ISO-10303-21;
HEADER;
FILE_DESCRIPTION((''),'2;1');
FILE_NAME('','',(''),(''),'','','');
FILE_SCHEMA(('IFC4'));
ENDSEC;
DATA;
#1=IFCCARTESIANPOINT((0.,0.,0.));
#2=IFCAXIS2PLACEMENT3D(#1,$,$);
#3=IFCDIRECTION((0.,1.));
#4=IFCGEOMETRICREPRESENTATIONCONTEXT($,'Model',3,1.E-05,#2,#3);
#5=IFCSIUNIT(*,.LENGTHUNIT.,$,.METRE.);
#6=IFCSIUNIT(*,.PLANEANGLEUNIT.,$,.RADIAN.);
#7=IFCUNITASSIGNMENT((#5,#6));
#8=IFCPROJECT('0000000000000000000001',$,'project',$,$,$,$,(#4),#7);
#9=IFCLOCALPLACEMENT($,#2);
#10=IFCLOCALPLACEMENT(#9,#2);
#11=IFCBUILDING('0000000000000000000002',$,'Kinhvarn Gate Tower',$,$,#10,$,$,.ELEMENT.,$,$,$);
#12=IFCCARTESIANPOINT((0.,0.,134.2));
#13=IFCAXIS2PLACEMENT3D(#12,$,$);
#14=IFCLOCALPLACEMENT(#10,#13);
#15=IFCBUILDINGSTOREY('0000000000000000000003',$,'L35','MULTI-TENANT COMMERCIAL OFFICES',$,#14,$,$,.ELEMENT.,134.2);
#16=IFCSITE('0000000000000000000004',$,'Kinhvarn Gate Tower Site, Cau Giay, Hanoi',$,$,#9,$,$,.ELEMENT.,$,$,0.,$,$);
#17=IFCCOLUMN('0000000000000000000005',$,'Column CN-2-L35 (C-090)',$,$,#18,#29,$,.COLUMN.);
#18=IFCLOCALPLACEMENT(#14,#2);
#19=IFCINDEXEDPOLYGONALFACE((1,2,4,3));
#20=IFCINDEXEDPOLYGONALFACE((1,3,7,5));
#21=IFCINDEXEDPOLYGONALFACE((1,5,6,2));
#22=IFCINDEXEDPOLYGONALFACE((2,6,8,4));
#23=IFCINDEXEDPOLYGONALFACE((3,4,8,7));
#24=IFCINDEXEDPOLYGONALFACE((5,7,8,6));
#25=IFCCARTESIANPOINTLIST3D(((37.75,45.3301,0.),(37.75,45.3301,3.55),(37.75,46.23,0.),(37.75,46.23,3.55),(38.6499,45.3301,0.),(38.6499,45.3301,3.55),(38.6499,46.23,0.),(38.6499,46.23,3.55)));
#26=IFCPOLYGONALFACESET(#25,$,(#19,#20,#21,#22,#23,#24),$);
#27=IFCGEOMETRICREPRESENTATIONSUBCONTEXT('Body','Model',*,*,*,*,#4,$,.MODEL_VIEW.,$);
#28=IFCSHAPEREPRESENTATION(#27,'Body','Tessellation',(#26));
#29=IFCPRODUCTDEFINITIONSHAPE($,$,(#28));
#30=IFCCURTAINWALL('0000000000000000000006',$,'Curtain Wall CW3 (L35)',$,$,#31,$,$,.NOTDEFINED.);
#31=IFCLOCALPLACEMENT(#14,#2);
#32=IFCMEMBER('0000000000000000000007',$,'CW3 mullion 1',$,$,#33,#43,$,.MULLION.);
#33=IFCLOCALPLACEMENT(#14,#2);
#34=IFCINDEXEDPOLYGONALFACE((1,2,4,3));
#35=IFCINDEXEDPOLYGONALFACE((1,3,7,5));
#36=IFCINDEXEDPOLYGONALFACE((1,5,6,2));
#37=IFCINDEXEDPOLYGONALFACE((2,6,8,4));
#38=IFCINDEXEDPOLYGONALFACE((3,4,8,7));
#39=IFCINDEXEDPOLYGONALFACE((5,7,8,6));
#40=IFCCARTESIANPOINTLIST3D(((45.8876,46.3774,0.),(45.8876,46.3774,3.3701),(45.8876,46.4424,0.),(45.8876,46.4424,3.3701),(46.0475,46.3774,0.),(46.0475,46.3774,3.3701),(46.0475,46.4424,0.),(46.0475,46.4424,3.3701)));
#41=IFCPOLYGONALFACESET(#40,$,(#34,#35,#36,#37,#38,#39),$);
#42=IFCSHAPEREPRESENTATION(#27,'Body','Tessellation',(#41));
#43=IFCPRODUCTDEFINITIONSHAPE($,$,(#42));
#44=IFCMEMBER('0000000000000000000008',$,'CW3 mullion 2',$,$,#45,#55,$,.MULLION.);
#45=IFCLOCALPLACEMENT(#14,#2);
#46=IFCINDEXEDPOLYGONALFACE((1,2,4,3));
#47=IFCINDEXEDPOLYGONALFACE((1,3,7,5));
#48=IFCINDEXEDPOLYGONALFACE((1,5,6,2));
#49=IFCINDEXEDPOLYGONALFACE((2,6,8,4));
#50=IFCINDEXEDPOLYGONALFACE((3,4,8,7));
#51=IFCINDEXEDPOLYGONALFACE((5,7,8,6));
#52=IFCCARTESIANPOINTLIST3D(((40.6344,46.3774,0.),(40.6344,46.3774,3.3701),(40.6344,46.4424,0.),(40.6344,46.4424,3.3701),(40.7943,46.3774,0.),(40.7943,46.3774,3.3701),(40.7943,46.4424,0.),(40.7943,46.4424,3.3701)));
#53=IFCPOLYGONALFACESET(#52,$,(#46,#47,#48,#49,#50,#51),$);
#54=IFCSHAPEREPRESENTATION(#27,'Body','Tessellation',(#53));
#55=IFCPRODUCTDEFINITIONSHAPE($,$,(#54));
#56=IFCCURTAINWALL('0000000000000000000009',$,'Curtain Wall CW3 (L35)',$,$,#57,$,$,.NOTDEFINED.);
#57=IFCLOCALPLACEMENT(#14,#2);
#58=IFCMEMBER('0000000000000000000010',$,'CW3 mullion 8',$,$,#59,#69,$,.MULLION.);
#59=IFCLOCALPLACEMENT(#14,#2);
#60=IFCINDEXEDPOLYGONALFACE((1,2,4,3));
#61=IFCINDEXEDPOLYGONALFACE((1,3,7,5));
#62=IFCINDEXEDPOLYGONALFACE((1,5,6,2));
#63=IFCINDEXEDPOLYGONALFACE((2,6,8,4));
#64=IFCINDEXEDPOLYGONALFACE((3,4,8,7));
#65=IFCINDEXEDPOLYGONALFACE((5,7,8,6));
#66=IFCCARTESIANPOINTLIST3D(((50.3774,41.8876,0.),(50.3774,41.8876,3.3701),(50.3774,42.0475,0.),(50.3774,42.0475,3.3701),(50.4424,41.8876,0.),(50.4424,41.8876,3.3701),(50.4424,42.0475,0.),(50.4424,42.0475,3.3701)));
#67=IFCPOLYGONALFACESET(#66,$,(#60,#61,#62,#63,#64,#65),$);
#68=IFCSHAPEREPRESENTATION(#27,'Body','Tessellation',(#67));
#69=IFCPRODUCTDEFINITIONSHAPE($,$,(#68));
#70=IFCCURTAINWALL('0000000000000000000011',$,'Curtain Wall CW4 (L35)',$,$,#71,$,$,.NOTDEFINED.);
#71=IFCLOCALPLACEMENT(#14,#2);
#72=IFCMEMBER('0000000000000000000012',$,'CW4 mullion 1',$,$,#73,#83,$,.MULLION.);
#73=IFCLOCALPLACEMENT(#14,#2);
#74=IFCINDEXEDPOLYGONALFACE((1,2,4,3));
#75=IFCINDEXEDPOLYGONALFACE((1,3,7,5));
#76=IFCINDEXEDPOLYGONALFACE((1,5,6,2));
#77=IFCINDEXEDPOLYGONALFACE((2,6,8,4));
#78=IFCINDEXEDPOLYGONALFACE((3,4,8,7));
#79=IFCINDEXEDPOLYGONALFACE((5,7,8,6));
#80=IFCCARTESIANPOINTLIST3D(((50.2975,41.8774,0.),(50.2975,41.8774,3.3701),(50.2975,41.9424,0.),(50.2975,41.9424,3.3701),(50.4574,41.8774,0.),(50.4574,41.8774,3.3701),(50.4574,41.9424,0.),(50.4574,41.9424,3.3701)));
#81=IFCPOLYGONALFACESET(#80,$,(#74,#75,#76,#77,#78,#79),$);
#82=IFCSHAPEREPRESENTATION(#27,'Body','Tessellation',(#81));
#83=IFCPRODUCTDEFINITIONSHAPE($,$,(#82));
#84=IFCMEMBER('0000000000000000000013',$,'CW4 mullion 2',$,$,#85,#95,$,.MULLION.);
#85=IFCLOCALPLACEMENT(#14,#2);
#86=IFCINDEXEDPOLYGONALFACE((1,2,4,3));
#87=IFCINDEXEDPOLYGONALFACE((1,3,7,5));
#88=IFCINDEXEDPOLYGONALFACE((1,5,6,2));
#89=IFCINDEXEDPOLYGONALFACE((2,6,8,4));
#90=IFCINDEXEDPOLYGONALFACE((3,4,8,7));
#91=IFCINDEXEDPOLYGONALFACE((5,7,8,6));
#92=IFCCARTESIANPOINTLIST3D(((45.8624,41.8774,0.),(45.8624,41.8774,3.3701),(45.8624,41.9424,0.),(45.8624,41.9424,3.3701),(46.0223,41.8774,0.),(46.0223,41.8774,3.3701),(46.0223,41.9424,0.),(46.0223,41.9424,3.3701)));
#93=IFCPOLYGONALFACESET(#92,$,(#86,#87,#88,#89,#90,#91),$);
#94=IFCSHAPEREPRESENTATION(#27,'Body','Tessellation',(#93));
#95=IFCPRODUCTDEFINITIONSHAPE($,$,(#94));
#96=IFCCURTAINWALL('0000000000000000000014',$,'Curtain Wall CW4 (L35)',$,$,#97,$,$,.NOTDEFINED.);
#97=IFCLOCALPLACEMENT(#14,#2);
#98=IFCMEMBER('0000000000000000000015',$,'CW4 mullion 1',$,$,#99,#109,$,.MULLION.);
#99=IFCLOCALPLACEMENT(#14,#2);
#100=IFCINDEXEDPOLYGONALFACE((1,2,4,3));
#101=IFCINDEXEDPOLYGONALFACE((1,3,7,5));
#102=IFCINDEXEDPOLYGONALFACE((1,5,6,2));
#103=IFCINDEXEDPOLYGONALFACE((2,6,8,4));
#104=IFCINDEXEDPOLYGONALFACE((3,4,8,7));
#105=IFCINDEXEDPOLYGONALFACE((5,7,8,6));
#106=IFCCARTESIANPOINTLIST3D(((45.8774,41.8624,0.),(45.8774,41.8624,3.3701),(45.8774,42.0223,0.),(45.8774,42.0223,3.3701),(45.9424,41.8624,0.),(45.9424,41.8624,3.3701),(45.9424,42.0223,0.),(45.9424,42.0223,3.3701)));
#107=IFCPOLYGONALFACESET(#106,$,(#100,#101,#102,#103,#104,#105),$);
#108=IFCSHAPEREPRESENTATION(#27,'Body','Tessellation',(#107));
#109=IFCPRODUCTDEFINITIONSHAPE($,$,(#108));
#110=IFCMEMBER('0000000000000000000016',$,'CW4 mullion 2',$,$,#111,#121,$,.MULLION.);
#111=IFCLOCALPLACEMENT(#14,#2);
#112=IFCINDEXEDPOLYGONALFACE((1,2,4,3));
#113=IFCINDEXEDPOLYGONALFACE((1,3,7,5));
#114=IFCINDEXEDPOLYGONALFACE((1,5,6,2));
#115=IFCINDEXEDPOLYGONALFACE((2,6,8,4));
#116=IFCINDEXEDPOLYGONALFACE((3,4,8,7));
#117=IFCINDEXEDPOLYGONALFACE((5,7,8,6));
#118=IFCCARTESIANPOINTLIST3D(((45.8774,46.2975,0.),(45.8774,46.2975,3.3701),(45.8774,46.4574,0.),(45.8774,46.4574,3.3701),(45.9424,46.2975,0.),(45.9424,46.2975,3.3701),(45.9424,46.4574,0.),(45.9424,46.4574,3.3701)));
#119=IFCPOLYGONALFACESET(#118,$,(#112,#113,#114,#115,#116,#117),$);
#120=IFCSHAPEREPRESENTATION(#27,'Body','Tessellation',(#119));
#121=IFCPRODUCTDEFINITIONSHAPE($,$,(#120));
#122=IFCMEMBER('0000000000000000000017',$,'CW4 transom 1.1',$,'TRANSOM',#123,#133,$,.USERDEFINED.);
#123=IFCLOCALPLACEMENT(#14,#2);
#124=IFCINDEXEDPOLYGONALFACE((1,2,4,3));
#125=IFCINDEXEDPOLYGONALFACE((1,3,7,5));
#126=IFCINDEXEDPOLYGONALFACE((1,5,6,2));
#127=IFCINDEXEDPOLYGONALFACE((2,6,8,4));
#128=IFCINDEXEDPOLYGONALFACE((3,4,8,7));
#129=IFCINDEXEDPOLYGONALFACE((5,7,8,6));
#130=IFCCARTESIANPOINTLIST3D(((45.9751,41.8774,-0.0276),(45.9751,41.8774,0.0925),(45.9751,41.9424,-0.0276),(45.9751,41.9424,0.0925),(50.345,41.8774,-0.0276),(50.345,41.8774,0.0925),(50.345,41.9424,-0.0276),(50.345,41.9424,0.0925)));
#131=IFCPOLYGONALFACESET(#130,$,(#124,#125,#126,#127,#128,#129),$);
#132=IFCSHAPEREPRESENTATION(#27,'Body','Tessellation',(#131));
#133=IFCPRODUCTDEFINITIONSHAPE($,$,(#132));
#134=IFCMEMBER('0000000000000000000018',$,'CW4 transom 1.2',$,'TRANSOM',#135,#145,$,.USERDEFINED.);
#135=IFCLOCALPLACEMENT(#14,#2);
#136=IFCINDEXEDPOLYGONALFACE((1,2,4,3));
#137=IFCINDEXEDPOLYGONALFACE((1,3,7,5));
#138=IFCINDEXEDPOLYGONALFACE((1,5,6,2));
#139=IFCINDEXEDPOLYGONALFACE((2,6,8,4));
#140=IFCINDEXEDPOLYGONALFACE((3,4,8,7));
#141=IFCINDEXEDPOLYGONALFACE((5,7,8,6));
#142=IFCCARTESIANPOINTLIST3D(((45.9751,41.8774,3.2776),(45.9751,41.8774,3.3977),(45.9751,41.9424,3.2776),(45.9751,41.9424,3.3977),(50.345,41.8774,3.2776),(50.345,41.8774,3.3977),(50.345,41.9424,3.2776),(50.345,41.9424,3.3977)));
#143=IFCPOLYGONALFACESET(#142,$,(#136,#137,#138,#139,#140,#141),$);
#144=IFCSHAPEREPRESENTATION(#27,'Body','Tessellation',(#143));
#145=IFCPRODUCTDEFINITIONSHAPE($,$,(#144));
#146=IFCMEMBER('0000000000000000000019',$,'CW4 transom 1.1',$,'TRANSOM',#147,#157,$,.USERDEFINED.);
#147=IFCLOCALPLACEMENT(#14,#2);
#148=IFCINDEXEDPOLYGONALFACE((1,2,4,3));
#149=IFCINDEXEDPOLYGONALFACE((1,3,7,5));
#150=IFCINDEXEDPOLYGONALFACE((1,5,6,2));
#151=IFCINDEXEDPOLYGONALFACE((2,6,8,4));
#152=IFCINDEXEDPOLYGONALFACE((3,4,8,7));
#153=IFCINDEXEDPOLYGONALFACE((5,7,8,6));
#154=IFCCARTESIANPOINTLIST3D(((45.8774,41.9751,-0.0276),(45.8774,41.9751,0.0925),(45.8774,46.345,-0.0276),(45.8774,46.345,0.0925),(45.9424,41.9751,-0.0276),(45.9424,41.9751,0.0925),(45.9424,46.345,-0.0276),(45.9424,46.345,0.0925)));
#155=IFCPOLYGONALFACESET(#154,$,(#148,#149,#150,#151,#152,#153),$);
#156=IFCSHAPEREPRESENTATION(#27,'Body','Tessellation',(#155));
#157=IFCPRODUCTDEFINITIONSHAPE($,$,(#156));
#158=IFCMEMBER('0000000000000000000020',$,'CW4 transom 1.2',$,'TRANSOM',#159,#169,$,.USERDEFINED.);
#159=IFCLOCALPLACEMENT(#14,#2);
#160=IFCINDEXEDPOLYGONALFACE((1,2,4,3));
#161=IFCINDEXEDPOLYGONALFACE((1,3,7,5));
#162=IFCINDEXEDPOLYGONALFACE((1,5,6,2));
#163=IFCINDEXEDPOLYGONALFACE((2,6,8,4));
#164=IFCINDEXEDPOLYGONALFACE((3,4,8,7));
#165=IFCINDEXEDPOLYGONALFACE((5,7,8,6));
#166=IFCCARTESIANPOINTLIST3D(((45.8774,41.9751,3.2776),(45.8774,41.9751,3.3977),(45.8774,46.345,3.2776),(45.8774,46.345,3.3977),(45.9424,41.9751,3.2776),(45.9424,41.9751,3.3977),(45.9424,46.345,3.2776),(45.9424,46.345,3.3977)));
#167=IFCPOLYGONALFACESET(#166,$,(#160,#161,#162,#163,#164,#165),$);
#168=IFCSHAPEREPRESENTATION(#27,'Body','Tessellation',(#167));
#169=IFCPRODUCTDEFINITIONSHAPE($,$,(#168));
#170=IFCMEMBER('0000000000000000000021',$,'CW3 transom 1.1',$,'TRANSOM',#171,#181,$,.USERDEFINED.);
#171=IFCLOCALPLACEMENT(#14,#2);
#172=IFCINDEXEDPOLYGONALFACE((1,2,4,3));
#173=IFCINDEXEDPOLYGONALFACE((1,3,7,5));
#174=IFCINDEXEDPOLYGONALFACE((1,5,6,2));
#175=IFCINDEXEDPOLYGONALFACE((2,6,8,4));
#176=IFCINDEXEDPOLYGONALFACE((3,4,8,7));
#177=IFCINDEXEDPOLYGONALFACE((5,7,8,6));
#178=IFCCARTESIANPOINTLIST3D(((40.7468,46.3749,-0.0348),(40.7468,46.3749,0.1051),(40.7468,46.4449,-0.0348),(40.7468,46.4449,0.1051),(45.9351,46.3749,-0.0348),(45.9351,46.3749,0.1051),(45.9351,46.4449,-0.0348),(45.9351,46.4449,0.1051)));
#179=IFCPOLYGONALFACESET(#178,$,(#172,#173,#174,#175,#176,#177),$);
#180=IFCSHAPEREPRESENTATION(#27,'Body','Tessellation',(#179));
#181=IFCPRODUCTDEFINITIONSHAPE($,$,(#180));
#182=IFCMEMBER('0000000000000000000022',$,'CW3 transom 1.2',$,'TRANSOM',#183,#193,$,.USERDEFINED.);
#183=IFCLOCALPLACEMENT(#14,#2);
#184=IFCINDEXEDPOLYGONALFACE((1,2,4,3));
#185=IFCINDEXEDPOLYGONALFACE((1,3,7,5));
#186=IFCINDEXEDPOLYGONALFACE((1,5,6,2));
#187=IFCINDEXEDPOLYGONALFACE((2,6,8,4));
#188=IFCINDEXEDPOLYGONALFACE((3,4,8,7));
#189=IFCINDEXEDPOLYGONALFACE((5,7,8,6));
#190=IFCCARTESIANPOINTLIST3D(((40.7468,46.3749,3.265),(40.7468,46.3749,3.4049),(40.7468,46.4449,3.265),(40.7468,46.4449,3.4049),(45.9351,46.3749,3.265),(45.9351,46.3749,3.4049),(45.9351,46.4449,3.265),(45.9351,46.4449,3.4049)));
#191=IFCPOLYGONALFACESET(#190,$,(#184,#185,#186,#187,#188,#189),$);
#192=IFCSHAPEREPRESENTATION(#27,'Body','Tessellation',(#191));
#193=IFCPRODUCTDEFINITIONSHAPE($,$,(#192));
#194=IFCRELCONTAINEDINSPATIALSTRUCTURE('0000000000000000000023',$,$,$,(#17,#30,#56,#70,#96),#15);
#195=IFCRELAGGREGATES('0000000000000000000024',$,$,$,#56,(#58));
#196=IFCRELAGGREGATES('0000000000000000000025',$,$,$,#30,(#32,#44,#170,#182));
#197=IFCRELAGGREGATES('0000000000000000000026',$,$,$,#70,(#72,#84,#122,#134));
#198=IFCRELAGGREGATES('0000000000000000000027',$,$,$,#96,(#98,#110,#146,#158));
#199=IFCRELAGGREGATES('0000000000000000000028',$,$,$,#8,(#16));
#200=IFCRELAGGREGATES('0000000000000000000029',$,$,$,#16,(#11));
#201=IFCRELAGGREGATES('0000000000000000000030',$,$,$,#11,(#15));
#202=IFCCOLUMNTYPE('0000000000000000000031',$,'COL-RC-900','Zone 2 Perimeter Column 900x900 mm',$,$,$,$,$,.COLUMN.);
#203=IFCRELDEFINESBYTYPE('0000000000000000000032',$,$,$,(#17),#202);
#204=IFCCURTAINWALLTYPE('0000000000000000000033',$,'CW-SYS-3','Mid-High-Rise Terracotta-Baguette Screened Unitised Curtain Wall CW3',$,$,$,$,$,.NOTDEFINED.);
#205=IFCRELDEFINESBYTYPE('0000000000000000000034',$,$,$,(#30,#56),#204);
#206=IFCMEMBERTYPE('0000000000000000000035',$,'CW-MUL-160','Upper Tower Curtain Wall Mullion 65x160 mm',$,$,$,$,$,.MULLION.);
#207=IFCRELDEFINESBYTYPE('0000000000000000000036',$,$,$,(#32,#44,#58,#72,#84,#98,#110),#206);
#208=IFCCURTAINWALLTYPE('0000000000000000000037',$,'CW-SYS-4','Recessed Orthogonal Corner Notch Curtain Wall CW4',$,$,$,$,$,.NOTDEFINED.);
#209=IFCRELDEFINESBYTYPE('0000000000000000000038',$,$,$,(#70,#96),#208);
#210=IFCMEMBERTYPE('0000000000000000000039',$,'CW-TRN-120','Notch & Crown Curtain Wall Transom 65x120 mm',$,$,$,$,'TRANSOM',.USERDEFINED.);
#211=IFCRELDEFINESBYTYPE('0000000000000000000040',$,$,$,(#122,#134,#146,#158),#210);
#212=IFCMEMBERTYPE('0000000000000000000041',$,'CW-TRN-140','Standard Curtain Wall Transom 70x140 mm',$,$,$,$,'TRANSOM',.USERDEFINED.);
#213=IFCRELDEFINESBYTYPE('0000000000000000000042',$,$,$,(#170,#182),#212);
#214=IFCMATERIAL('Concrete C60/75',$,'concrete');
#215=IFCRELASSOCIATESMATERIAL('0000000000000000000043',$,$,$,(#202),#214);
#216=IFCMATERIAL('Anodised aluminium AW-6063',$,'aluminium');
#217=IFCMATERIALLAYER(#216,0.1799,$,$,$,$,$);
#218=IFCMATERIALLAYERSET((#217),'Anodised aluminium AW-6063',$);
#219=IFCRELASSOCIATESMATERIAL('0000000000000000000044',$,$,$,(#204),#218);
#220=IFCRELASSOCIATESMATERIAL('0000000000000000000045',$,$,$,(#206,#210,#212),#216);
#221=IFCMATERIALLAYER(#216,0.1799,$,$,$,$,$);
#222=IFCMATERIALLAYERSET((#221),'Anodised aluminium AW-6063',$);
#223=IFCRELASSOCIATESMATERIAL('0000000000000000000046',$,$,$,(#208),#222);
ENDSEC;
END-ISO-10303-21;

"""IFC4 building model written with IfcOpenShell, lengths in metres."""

from ifc_helpers import new_model, si_unit, direction, frame, origin, origin_2d, place, context, subcontext, project, spatial, rectangle, extrude, material, layer, layer_set, material_profile, profile_set, type_object, element, aggregate, save


model = new_model("IFC4")

# Units and contexts
model_context = context("Model", 3, precision=1e-05, world=origin(), true_north=direction((0.0, 1.0)))
body_context = subcontext(model_context, "Body", "Model", "MODEL_VIEW")
ifc_project = project(units=[si_unit("LENGTHUNIT", "METRE"), si_unit("PLANEANGLEUNIT", "RADIAN")], contexts=[model_context])

# Site, building, storey
site_placement = place(None, origin())
site = spatial("IfcSite", under=ifc_project, at=site_placement, Name="Kinhvarn Gate Tower Site, Cau Giay, Hanoi", CompositionType="ELEMENT", RefElevation=0.0)
building_placement = place(site_placement, origin())
building = spatial("IfcBuilding", under=site, at=building_placement, Name="Kinhvarn Gate Tower", CompositionType="ELEMENT")
storey_placement = place(building_placement, frame((0.0, 0.0, 134.2)))
storey = spatial("IfcBuildingStorey", under=building, at=storey_placement, Name="L35", Description="MULTI-TENANT COMMERCIAL OFFICES", CompositionType="ELEMENT", Elevation=134.2)

# Column
ifc_material_1 = material(Name="Concrete C60/75", Category="concrete")
ifc_material_profile_1 = material_profile(ifc_material_1, rectangle(XDim=0.8999, YDim=0.8999, at=origin_2d()), Name="RC 900x900")
ifc_profile_set_1 = profile_set([ifc_material_profile_1], Name="Concrete C60/75")
column_type = type_object("IfcColumnType", Name="COL-RC-900", Description="Zone 2 Perimeter Column 900x900 mm", PredefinedType="COLUMN", material=ifc_profile_set_1)
column_placement = place(storey_placement, frame((38.2, 45.78, 0.0), z_axis=(0.0, 0.0, 1.0), x_axis=(1.0, 0.0, 0.0)))
element("IfcColumn", 1, at=column_placement, inside=storey, type_object=column_type, Name="Column CN-2-L35 (C-090)", PredefinedType="COLUMN", context=body_context, shape_type="SweptSolid", body=[
    extrude(rectangle(XDim=0.8999, YDim=0.8999, at=origin_2d()), origin(), (0.0, 0.0, 1.0), 3.55),
])

# Curtain wall, members
ifc_material_2 = material(Name="Anodised aluminium AW-6063", Category="aluminium")
ifc_layer_1 = layer(ifc_material_2, 0.1799)
ifc_layer_set_1 = layer_set([ifc_layer_1], Name="Anodised aluminium AW-6063")
curtain_wall_type_1 = type_object("IfcCurtainWallType", Name="CW-SYS-3", Description="Mid-High-Rise Terracotta-Baguette Screened Unitised Curtain Wall CW3", PredefinedType="NOTDEFINED", material=ifc_layer_set_1)
curtain_wall_1_placement = place(storey_placement, origin())
curtain_wall_1 = element("IfcCurtainWall", 2, at=curtain_wall_1_placement, inside=storey, type_object=curtain_wall_type_1, Name="Curtain Wall CW3 (L35)", PredefinedType="NOTDEFINED")
ifc_material_profile_2 = material_profile(ifc_material_2, rectangle(XDim=0.0649, YDim=0.1599, at=origin_2d()), Name="ALU 65x160")
ifc_profile_set_2 = profile_set([ifc_material_profile_2], Name="Anodised aluminium AW-6063")
member_type_1 = type_object("IfcMemberType", Name="CW-MUL-160", Description="Upper Tower Curtain Wall Mullion 65x160 mm", PredefinedType="MULLION", material=ifc_profile_set_2)
member_1_placement = place(storey_placement, frame((45.9675, 46.4099, 0.0), z_axis=(0.0, 0.0, 1.0), x_axis=(0.0, -1.0, 0.0)))
member_1 = element("IfcMember", 3, at=member_1_placement, type_object=member_type_1, Name="CW3 mullion 1", PredefinedType="MULLION", context=body_context, shape_type="SweptSolid", body=[
    extrude(rectangle(XDim=0.0649, YDim=0.1599, at=origin_2d()), origin(), (0.0, 0.0, 1.0), 3.3701),
])
member_2_placement = place(storey_placement, frame((40.7144, 46.4099, 0.0), z_axis=(0.0, 0.0, 1.0), x_axis=(0.0, -1.0, 0.0)))
member_2 = element("IfcMember", 4, at=member_2_placement, type_object=member_type_1, Name="CW3 mullion 2", PredefinedType="MULLION", context=body_context, shape_type="SweptSolid", body=[
    extrude(rectangle(XDim=0.0649, YDim=0.1599, at=origin_2d()), origin(), (0.0, 0.0, 1.0), 3.3701),
])

# Curtain wall, member
curtain_wall_2_placement = place(storey_placement, origin())
curtain_wall_2 = element("IfcCurtainWall", 5, at=curtain_wall_2_placement, inside=storey, type_object=curtain_wall_type_1, Name="Curtain Wall CW3 (L35)", PredefinedType="NOTDEFINED")
member_3_placement = place(storey_placement, frame((50.4099, 41.9675, 0.0), z_axis=(0.0, 0.0, 1.0), x_axis=(-1.0, 0.0, 0.0)))
member_3 = element("IfcMember", 6, at=member_3_placement, type_object=member_type_1, Name="CW3 mullion 8", PredefinedType="MULLION", context=body_context, shape_type="SweptSolid", body=[
    extrude(rectangle(XDim=0.0649, YDim=0.1599, at=origin_2d()), origin(), (0.0, 0.0, 1.0), 3.3701),
])
aggregate(curtain_wall_2, [member_3])

# Curtain walls, members
ifc_layer_2 = layer(ifc_material_2, 0.1799)
ifc_layer_set_2 = layer_set([ifc_layer_2], Name="Anodised aluminium AW-6063")
curtain_wall_type_2 = type_object("IfcCurtainWallType", Name="CW-SYS-4", Description="Recessed Orthogonal Corner Notch Curtain Wall CW4", PredefinedType="NOTDEFINED", material=ifc_layer_set_2)
curtain_wall_3_placement = place(storey_placement, origin())
curtain_wall_3 = element("IfcCurtainWall", 7, at=curtain_wall_3_placement, inside=storey, type_object=curtain_wall_type_2, Name="Curtain Wall CW4 (L35)", PredefinedType="NOTDEFINED")
member_4_placement = place(storey_placement, frame((50.3774, 41.9099, 0.0), z_axis=(0.0, 0.0, 1.0), x_axis=(0.0, -1.0, 0.0)))
member_4 = element("IfcMember", 8, at=member_4_placement, type_object=member_type_1, Name="CW4 mullion 1", PredefinedType="MULLION", context=body_context, shape_type="SweptSolid", body=[
    extrude(rectangle(XDim=0.0649, YDim=0.1599, at=origin_2d()), origin(), (0.0, 0.0, 1.0), 3.3701),
])
member_5_placement = place(storey_placement, frame((45.9424, 41.9099, 0.0), z_axis=(0.0, 0.0, 1.0), x_axis=(0.0, -1.0, 0.0)))
member_5 = element("IfcMember", 9, at=member_5_placement, type_object=member_type_1, Name="CW4 mullion 2", PredefinedType="MULLION", context=body_context, shape_type="SweptSolid", body=[
    extrude(rectangle(XDim=0.0649, YDim=0.1599, at=origin_2d()), origin(), (0.0, 0.0, 1.0), 3.3701),
])
curtain_wall_4_placement = place(storey_placement, origin())
curtain_wall_4 = element("IfcCurtainWall", 10, at=curtain_wall_4_placement, inside=storey, type_object=curtain_wall_type_2, Name="Curtain Wall CW4 (L35)", PredefinedType="NOTDEFINED")
member_6_placement = place(storey_placement, frame((45.9099, 41.9424, 0.0), z_axis=(0.0, 0.0, 1.0), x_axis=(-1.0, 0.0, 0.0)))
member_6 = element("IfcMember", 11, at=member_6_placement, type_object=member_type_1, Name="CW4 mullion 1", PredefinedType="MULLION", context=body_context, shape_type="SweptSolid", body=[
    extrude(rectangle(XDim=0.0649, YDim=0.1599, at=origin_2d()), origin(), (0.0, 0.0, 1.0), 3.3701),
])
member_7_placement = place(storey_placement, frame((45.9099, 46.3774, 0.0), z_axis=(0.0, 0.0, 1.0), x_axis=(-1.0, 0.0, 0.0)))
member_7 = element("IfcMember", 12, at=member_7_placement, type_object=member_type_1, Name="CW4 mullion 2", PredefinedType="MULLION", context=body_context, shape_type="SweptSolid", body=[
    extrude(rectangle(XDim=0.0649, YDim=0.1599, at=origin_2d()), origin(), (0.0, 0.0, 1.0), 3.3701),
])

# Members
ifc_material_profile_3 = material_profile(ifc_material_2, rectangle(XDim=0.0649, YDim=0.1201, at=origin_2d()), Name="ALU 65x120")
ifc_profile_set_3 = profile_set([ifc_material_profile_3], Name="Anodised aluminium AW-6063")
member_type_2 = type_object("IfcMemberType", Name="CW-TRN-120", Description="Notch & Crown Curtain Wall Transom 65x120 mm", ElementType="TRANSOM", PredefinedType="USERDEFINED", material=ifc_profile_set_3)
member_8_placement = place(storey_placement, frame((50.345, 41.9099, 0.0325), z_axis=(-1.0, 0.0, 0.0), x_axis=(0.0, -1.0, 0.0)))
member_8 = element("IfcMember", 13, at=member_8_placement, type_object=member_type_2, Name="CW4 transom 1.1", ObjectType="TRANSOM", PredefinedType="USERDEFINED", context=body_context, shape_type="SweptSolid", body=[
    extrude(rectangle(XDim=0.0649, YDim=0.1201, at=origin_2d()), origin(), (0.0, 0.0, 1.0), 4.3699),
])
member_9_placement = place(storey_placement, frame((50.345, 41.9099, 3.3376), z_axis=(-1.0, 0.0, 0.0), x_axis=(0.0, -1.0, 0.0)))
member_9 = element("IfcMember", 14, at=member_9_placement, type_object=member_type_2, Name="CW4 transom 1.2", ObjectType="TRANSOM", PredefinedType="USERDEFINED", context=body_context, shape_type="SweptSolid", body=[
    extrude(rectangle(XDim=0.0649, YDim=0.1201, at=origin_2d()), origin(), (0.0, 0.0, 1.0), 4.3699),
])
member_10_placement = place(storey_placement, frame((45.9099, 41.9751, 0.0325), z_axis=(0.0, 1.0, 0.0), x_axis=(-1.0, 0.0, 0.0)))
member_10 = element("IfcMember", 15, at=member_10_placement, type_object=member_type_2, Name="CW4 transom 1.1", ObjectType="TRANSOM", PredefinedType="USERDEFINED", context=body_context, shape_type="SweptSolid", body=[
    extrude(rectangle(XDim=0.0649, YDim=0.1201, at=origin_2d()), origin(), (0.0, 0.0, 1.0), 4.3699),
])
member_11_placement = place(storey_placement, frame((45.9099, 41.9751, 3.3376), z_axis=(0.0, 1.0, 0.0), x_axis=(-1.0, 0.0, 0.0)))
member_11 = element("IfcMember", 16, at=member_11_placement, type_object=member_type_2, Name="CW4 transom 1.2", ObjectType="TRANSOM", PredefinedType="USERDEFINED", context=body_context, shape_type="SweptSolid", body=[
    extrude(rectangle(XDim=0.0649, YDim=0.1201, at=origin_2d()), origin(), (0.0, 0.0, 1.0), 4.3699),
])
ifc_material_profile_4 = material_profile(ifc_material_2, rectangle(XDim=0.0701, YDim=0.1399, at=origin_2d()), Name="ALU 70x140")
ifc_profile_set_4 = profile_set([ifc_material_profile_4], Name="Anodised aluminium AW-6063")
member_type_3 = type_object("IfcMemberType", Name="CW-TRN-140", Description="Standard Curtain Wall Transom 70x140 mm", ElementType="TRANSOM", PredefinedType="USERDEFINED", material=ifc_profile_set_4)
member_12_placement = place(storey_placement, frame((45.9351, 46.4099, 0.0352), z_axis=(-1.0, 0.0, 0.0), x_axis=(0.0, -1.0, 0.0)))
member_12 = element("IfcMember", 17, at=member_12_placement, type_object=member_type_3, Name="CW3 transom 1.1", ObjectType="TRANSOM", PredefinedType="USERDEFINED", context=body_context, shape_type="SweptSolid", body=[
    extrude(rectangle(XDim=0.0701, YDim=0.1399, at=origin_2d()), origin(), (0.0, 0.0, 1.0), 5.1882),
])
member_13_placement = place(storey_placement, frame((45.9351, 46.4099, 3.335), z_axis=(-1.0, 0.0, 0.0), x_axis=(0.0, -1.0, 0.0)))
member_13 = element("IfcMember", 18, at=member_13_placement, type_object=member_type_3, Name="CW3 transom 1.2", ObjectType="TRANSOM", PredefinedType="USERDEFINED", context=body_context, shape_type="SweptSolid", body=[
    extrude(rectangle(XDim=0.0701, YDim=0.1399, at=origin_2d()), origin(), (0.0, 0.0, 1.0), 5.1882),
])

aggregate(curtain_wall_1, [member_1, member_2, member_12, member_13])
aggregate(curtain_wall_3, [member_4, member_5, member_8, member_9])
aggregate(curtain_wall_4, [member_6, member_7, member_10, member_11])

save(model, "model.ifc")
